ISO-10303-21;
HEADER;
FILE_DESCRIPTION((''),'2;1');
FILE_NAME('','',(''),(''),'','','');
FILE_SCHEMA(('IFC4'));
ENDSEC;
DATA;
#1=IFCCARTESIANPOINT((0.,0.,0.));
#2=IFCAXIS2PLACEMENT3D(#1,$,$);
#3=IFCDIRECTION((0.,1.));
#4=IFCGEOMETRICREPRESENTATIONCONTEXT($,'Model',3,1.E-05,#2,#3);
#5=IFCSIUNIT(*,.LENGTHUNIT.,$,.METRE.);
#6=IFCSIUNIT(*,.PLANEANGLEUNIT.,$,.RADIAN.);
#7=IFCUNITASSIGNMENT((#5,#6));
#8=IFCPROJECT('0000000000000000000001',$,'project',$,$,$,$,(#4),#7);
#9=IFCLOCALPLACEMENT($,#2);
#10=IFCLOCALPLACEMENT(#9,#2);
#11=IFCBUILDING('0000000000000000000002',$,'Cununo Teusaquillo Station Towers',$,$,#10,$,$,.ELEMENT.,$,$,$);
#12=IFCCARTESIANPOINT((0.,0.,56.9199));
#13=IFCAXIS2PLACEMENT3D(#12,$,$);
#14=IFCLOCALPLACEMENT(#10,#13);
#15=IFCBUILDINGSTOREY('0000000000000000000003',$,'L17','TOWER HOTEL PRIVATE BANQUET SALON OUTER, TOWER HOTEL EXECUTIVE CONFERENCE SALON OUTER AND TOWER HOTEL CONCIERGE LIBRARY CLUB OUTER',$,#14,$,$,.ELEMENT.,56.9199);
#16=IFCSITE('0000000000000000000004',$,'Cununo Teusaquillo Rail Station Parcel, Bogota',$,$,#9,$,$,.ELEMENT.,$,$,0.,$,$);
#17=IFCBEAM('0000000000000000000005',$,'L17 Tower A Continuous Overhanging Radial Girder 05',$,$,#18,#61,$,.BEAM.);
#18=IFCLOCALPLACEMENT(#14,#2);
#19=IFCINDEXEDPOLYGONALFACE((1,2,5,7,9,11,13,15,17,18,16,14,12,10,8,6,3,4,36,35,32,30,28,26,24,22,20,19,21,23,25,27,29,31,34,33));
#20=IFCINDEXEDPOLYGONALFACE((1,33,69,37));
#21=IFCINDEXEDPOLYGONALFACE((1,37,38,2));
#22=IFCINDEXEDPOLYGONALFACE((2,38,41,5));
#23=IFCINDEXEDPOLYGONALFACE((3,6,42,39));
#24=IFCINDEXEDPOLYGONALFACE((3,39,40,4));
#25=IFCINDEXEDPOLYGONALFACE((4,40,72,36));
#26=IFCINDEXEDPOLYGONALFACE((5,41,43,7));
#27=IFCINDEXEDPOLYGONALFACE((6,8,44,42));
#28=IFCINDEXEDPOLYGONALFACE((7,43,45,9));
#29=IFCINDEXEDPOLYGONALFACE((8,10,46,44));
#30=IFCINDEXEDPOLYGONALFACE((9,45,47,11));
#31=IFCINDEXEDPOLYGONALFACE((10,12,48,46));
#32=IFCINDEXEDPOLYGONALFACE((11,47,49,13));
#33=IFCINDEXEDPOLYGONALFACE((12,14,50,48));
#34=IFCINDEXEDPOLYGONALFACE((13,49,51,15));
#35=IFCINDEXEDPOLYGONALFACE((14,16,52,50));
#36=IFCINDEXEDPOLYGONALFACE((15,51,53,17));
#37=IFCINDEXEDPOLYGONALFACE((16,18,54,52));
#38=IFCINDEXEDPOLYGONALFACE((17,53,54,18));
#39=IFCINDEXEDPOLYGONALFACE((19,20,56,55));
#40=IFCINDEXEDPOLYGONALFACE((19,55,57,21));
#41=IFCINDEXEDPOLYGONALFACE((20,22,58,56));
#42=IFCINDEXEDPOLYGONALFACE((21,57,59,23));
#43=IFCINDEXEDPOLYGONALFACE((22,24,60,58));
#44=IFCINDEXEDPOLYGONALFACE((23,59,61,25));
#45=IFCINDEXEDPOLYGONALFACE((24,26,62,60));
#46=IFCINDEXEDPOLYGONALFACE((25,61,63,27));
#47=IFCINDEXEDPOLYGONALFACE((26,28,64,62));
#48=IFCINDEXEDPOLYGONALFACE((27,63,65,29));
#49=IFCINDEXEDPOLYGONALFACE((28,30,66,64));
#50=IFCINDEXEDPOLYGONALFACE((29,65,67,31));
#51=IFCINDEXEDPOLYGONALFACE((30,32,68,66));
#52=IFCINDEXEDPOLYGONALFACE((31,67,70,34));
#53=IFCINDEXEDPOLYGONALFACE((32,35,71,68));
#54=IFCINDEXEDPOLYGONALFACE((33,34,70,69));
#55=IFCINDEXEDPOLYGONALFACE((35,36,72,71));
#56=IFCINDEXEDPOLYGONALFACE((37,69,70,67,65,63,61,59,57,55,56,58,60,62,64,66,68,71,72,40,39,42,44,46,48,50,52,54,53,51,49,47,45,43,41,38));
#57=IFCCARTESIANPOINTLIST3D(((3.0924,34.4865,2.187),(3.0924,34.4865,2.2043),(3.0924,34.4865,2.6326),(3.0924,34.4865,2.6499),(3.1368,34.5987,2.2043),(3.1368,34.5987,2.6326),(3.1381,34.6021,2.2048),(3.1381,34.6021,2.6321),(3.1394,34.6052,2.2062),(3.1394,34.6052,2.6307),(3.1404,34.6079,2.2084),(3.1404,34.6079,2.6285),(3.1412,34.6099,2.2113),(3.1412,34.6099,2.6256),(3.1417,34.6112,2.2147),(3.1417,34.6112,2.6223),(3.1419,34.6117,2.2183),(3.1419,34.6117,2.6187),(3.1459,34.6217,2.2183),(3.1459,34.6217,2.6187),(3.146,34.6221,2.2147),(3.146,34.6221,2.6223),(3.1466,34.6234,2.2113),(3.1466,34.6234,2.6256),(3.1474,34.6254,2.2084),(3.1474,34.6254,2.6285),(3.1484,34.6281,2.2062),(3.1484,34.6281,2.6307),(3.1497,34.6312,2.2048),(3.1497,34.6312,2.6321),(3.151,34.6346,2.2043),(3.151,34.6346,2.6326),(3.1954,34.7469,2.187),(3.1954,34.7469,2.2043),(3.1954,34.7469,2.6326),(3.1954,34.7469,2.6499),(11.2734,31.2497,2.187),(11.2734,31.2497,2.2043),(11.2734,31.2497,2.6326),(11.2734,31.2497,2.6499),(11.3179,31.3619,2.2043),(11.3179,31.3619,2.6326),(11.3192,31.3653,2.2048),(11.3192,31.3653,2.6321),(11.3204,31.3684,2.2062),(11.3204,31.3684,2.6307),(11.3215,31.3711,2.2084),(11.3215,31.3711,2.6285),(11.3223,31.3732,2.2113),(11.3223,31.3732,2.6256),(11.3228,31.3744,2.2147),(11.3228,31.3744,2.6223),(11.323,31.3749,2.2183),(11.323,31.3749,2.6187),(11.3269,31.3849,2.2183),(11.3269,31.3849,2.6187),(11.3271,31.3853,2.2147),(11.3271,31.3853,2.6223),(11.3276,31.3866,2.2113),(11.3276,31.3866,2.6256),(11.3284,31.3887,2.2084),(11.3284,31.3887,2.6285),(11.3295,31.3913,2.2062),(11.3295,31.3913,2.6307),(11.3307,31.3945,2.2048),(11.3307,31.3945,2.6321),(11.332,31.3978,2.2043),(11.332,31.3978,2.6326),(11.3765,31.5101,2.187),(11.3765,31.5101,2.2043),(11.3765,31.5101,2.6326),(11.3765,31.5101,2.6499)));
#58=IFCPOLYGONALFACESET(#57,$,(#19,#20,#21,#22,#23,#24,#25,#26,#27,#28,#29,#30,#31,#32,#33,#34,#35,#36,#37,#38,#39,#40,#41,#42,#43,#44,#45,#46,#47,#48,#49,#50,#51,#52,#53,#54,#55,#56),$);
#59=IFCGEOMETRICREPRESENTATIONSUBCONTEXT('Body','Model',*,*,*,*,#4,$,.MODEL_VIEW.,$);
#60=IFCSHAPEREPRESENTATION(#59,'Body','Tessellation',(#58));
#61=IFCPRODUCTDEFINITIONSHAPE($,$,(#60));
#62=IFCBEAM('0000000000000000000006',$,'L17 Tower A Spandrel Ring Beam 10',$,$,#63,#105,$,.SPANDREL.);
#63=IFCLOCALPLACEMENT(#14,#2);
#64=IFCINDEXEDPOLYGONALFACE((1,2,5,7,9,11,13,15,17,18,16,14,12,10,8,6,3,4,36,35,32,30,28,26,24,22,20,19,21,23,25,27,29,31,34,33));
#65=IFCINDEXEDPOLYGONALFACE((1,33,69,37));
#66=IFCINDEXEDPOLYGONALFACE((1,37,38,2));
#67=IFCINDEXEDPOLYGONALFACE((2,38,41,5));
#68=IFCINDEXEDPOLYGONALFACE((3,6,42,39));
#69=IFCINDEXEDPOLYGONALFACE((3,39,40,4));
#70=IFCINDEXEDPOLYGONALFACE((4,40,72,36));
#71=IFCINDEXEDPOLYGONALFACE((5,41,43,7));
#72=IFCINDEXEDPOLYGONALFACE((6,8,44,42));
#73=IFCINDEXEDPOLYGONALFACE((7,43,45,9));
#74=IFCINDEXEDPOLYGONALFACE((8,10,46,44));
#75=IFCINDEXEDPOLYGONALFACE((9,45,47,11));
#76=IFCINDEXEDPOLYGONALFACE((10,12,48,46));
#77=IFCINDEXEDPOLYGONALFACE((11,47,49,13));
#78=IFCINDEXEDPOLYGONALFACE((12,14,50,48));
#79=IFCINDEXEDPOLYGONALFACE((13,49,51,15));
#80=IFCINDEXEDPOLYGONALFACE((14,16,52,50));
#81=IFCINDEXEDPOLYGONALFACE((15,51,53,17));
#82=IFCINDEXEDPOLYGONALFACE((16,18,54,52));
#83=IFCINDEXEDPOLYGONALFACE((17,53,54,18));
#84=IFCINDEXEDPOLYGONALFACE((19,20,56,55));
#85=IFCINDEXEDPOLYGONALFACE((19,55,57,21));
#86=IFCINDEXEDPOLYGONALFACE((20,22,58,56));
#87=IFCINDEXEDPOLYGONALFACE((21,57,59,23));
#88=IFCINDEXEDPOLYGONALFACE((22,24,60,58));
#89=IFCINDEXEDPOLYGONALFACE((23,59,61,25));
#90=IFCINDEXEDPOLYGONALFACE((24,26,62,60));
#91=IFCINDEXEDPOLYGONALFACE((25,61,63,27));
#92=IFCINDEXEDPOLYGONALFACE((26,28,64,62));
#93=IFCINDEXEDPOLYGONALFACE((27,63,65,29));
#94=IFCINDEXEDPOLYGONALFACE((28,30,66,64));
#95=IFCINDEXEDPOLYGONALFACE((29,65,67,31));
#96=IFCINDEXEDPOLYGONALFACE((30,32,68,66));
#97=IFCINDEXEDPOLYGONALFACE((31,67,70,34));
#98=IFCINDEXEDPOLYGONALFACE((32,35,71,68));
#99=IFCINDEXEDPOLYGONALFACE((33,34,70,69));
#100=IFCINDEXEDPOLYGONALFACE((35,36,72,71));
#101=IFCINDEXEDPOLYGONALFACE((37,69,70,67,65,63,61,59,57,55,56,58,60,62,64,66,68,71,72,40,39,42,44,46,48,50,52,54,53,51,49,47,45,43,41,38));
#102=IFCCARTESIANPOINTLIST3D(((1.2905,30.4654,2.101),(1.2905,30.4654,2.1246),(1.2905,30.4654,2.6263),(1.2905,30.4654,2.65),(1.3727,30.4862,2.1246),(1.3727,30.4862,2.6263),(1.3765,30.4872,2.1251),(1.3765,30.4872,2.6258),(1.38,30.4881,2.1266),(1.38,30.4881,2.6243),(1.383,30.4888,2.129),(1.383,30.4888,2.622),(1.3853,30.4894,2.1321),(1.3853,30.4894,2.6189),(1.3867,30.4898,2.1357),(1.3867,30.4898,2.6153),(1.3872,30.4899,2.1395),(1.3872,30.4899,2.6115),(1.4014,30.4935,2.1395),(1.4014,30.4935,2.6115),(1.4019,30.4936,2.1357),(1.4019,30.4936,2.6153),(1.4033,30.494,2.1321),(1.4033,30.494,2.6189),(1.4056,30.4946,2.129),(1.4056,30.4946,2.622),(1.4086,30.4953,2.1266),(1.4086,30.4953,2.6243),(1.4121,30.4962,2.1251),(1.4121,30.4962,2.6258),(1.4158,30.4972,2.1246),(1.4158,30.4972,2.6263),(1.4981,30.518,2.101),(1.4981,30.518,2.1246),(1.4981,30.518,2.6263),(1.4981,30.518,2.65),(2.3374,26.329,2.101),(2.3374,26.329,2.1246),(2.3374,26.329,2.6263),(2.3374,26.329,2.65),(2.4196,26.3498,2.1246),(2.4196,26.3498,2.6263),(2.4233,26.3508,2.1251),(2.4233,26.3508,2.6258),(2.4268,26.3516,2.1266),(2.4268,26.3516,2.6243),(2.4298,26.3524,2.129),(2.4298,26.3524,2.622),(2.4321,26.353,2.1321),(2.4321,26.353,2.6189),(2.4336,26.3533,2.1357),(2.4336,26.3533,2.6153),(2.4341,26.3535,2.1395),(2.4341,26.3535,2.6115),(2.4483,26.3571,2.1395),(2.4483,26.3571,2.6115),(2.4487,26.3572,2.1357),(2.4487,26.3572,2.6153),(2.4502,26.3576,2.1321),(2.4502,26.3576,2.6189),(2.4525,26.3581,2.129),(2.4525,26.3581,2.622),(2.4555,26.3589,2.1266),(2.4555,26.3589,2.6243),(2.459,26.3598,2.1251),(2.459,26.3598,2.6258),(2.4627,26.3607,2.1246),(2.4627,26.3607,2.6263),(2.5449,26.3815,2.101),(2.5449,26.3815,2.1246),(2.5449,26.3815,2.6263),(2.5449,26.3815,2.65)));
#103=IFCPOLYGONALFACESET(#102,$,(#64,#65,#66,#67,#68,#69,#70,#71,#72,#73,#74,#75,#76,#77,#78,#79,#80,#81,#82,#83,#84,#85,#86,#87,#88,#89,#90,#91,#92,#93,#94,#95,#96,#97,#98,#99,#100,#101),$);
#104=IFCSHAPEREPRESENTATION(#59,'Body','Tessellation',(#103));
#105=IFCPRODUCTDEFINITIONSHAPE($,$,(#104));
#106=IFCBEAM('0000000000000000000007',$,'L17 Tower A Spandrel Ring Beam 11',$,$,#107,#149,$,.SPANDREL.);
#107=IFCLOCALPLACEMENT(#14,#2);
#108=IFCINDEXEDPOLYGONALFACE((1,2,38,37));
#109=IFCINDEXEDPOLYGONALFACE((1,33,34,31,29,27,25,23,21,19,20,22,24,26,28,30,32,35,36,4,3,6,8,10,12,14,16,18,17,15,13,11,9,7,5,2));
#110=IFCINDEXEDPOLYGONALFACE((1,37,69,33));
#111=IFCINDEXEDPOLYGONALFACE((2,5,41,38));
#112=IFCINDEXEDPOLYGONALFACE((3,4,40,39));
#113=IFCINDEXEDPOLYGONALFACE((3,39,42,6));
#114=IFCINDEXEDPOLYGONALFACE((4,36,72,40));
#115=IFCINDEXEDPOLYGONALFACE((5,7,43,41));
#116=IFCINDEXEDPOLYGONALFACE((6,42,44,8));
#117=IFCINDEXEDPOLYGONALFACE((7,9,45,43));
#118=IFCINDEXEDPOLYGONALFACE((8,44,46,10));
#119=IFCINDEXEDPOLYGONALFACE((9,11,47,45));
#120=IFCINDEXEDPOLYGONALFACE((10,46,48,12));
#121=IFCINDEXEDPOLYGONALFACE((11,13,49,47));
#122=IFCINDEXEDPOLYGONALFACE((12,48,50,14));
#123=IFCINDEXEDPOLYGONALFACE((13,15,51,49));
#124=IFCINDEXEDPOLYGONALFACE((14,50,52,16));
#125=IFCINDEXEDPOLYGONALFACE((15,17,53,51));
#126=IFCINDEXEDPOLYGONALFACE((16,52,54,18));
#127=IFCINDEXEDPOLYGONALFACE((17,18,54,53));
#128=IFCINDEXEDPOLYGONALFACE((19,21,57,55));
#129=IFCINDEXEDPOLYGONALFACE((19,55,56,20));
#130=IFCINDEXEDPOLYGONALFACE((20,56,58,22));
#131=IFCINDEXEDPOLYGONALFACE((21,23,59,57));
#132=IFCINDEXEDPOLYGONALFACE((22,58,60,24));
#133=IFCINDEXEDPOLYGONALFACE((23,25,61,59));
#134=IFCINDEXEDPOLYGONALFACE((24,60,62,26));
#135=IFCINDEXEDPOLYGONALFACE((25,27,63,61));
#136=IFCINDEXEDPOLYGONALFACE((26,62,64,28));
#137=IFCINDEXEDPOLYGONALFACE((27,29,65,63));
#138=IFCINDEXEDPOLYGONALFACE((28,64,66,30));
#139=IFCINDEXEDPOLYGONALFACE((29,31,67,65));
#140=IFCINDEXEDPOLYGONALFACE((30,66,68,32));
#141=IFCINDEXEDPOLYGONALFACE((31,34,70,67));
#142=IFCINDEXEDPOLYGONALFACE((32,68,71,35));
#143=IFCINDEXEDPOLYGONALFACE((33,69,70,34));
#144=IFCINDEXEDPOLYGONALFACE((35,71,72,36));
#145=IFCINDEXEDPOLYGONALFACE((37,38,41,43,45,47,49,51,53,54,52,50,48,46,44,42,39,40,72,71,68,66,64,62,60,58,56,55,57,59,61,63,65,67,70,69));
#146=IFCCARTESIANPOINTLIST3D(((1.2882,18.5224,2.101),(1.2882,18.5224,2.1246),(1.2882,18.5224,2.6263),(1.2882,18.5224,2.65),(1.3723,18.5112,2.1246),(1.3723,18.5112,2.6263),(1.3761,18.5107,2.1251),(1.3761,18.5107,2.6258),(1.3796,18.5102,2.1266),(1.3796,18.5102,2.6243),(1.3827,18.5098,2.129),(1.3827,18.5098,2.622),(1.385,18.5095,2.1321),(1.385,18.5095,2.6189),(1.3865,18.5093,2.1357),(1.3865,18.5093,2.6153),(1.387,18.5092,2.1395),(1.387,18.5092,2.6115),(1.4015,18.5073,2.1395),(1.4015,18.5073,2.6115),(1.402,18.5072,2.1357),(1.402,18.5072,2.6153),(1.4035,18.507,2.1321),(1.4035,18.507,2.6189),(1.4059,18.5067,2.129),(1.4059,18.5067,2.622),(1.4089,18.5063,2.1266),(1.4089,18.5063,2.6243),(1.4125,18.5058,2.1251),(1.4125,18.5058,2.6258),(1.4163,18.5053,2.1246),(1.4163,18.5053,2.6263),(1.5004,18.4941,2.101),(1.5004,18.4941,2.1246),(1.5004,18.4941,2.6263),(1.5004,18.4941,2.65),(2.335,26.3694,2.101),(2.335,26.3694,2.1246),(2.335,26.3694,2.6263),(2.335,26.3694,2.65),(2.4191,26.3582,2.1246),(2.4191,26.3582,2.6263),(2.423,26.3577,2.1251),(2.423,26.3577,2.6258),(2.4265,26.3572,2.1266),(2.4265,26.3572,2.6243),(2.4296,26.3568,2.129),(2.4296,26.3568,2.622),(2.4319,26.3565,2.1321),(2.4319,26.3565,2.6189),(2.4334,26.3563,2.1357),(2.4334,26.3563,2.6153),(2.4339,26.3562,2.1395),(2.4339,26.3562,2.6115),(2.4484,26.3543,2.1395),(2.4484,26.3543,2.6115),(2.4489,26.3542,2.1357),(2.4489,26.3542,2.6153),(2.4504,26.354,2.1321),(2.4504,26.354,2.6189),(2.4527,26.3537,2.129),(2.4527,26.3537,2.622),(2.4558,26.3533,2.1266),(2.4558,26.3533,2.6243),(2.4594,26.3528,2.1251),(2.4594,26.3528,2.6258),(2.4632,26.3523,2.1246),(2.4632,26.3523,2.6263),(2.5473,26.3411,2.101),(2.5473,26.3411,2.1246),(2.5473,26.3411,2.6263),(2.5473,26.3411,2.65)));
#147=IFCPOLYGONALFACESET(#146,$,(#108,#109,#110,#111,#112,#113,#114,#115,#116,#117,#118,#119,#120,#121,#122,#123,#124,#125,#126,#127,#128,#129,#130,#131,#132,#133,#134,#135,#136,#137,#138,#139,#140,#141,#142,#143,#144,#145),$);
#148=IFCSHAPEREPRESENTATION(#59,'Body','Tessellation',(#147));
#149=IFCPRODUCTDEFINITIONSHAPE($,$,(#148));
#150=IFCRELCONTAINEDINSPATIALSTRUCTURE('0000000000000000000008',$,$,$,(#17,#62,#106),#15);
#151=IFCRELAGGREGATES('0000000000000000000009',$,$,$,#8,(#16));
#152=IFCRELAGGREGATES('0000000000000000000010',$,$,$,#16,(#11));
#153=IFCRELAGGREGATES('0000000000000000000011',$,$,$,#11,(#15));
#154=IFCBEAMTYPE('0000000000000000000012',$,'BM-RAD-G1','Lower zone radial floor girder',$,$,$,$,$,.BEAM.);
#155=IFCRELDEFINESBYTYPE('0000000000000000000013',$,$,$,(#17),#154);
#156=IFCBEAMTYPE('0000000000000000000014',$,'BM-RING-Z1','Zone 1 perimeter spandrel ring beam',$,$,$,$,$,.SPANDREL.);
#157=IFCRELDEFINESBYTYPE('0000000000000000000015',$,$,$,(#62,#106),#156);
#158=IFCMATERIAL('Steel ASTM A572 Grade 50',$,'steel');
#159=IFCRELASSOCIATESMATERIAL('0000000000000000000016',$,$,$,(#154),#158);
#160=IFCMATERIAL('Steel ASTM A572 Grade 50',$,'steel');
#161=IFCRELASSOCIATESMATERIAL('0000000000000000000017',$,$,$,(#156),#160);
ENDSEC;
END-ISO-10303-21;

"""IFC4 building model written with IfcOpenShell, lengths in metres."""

from ifc_helpers import new_model, si_unit, direction, frame, origin, origin_2d, place, context, subcontext, project, spatial, i_section, extrude, material, material_profile, profile_set, type_object, element, save


model = new_model("IFC4")

# Units and contexts
model_context = context("Model", 3, precision=1e-05, world=origin(), true_north=direction((0.0, 1.0)))
body_context = subcontext(model_context, "Body", "Model", "MODEL_VIEW")
ifc_project = project(units=[si_unit("LENGTHUNIT", "METRE"), si_unit("PLANEANGLEUNIT", "RADIAN")], contexts=[model_context])

# Site, building, storey
site_placement = place(None, origin())
site = spatial("IfcSite", under=ifc_project, at=site_placement, Name="Cununo Teusaquillo Rail Station Parcel, Bogota", CompositionType="ELEMENT", RefElevation=0.0)
building_placement = place(site_placement, origin())
building = spatial("IfcBuilding", under=site, at=building_placement, Name="Cununo Teusaquillo Station Towers", CompositionType="ELEMENT")
storey_placement = place(building_placement, frame((0.0, 0.0, 56.9199)))
storey = spatial("IfcBuildingStorey", under=building, at=storey_placement, Name="L17", Description="TOWER HOTEL PRIVATE BANQUET SALON OUTER, TOWER HOTEL EXECUTIVE CONFERENCE SALON OUTER AND TOWER HOTEL CONCIERGE LIBRARY CLUB OUTER", CompositionType="ELEMENT", Elevation=56.9199)

# Beams
ifc_material_1 = material(Name="Steel ASTM A572 Grade 50", Category="steel")
ifc_material_profile_1 = material_profile(ifc_material_1, i_section(OverallWidth=0.28, OverallDepth=0.4629, WebThickness=0.0107, FlangeThickness=0.0173, FilletRadius=0.0139, at=origin_2d()), Name="W18X76")
ifc_profile_set_1 = profile_set([ifc_material_profile_1], Name="Steel ASTM A572 Grade 50")
beam_type_1 = type_object("IfcBeamType", Name="BM-RAD-G1", Description="Lower zone radial floor girder", PredefinedType="BEAM", material=ifc_profile_set_1)
beam_1_placement = place(storey_placement, frame((11.325, 31.3799, 2.4185), z_axis=(-0.929867, 0.367896, 0.0), x_axis=(-0.367896, -0.929867, 0.0)))
element("IfcBeam", 1, at=beam_1_placement, inside=storey, type_object=beam_type_1, Name="L17 Tower A Continuous Overhanging Radial Girder 05", PredefinedType="BEAM", context=body_context, shape_type="SweptSolid", body=[
    extrude(i_section(OverallWidth=0.28, OverallDepth=0.4629, WebThickness=0.0107, FlangeThickness=0.0173, FilletRadius=0.0139, at=origin_2d()), origin(), (0.0, 0.0, 1.0), 8.7981),
])
ifc_material_2 = material(Name="Steel ASTM A572 Grade 50", Category="steel")
ifc_material_profile_2 = material_profile(ifc_material_2, i_section(OverallWidth=0.2141, OverallDepth=0.5491, WebThickness=0.0146, FlangeThickness=0.0237, FilletRadius=0.0149, at=origin_2d()), Name="W21X93")
ifc_profile_set_2 = profile_set([ifc_material_profile_2], Name="Steel ASTM A572 Grade 50")
beam_type_2 = type_object("IfcBeamType", Name="BM-RING-Z1", Description="Zone 1 perimeter spandrel ring beam", PredefinedType="SPANDREL", material=ifc_profile_set_2)
beam_2_placement = place(storey_placement, frame((1.3943, 30.4917, 2.3755), z_axis=(0.245348, -0.969435, 0.0), x_axis=(0.969435, 0.245348, 0.0)))
element("IfcBeam", 2, at=beam_2_placement, inside=storey, type_object=beam_type_2, Name="L17 Tower A Spandrel Ring Beam 10", PredefinedType="SPANDREL", context=body_context, shape_type="SweptSolid", body=[
    extrude(i_section(OverallWidth=0.2141, OverallDepth=0.5491, WebThickness=0.0146, FlangeThickness=0.0237, FilletRadius=0.0149, at=origin_2d()), origin(), (0.0, 0.0, 1.0), 4.2668),
])
beam_3_placement = place(storey_placement, frame((2.4412, 26.3552, 2.3755), z_axis=(-0.13224, -0.991218, 0.0), x_axis=(0.991218, -0.13224, 0.0)))
element("IfcBeam", 3, at=beam_3_placement, inside=storey, type_object=beam_type_2, Name="L17 Tower A Spandrel Ring Beam 11", PredefinedType="SPANDREL", context=body_context, shape_type="SweptSolid", body=[
    extrude(i_section(OverallWidth=0.2141, OverallDepth=0.5491, WebThickness=0.0146, FlangeThickness=0.0237, FilletRadius=0.0149, at=origin_2d()), origin(), (0.0, 0.0, 1.0), 7.9165),
])

save(model, "model.ifc")
